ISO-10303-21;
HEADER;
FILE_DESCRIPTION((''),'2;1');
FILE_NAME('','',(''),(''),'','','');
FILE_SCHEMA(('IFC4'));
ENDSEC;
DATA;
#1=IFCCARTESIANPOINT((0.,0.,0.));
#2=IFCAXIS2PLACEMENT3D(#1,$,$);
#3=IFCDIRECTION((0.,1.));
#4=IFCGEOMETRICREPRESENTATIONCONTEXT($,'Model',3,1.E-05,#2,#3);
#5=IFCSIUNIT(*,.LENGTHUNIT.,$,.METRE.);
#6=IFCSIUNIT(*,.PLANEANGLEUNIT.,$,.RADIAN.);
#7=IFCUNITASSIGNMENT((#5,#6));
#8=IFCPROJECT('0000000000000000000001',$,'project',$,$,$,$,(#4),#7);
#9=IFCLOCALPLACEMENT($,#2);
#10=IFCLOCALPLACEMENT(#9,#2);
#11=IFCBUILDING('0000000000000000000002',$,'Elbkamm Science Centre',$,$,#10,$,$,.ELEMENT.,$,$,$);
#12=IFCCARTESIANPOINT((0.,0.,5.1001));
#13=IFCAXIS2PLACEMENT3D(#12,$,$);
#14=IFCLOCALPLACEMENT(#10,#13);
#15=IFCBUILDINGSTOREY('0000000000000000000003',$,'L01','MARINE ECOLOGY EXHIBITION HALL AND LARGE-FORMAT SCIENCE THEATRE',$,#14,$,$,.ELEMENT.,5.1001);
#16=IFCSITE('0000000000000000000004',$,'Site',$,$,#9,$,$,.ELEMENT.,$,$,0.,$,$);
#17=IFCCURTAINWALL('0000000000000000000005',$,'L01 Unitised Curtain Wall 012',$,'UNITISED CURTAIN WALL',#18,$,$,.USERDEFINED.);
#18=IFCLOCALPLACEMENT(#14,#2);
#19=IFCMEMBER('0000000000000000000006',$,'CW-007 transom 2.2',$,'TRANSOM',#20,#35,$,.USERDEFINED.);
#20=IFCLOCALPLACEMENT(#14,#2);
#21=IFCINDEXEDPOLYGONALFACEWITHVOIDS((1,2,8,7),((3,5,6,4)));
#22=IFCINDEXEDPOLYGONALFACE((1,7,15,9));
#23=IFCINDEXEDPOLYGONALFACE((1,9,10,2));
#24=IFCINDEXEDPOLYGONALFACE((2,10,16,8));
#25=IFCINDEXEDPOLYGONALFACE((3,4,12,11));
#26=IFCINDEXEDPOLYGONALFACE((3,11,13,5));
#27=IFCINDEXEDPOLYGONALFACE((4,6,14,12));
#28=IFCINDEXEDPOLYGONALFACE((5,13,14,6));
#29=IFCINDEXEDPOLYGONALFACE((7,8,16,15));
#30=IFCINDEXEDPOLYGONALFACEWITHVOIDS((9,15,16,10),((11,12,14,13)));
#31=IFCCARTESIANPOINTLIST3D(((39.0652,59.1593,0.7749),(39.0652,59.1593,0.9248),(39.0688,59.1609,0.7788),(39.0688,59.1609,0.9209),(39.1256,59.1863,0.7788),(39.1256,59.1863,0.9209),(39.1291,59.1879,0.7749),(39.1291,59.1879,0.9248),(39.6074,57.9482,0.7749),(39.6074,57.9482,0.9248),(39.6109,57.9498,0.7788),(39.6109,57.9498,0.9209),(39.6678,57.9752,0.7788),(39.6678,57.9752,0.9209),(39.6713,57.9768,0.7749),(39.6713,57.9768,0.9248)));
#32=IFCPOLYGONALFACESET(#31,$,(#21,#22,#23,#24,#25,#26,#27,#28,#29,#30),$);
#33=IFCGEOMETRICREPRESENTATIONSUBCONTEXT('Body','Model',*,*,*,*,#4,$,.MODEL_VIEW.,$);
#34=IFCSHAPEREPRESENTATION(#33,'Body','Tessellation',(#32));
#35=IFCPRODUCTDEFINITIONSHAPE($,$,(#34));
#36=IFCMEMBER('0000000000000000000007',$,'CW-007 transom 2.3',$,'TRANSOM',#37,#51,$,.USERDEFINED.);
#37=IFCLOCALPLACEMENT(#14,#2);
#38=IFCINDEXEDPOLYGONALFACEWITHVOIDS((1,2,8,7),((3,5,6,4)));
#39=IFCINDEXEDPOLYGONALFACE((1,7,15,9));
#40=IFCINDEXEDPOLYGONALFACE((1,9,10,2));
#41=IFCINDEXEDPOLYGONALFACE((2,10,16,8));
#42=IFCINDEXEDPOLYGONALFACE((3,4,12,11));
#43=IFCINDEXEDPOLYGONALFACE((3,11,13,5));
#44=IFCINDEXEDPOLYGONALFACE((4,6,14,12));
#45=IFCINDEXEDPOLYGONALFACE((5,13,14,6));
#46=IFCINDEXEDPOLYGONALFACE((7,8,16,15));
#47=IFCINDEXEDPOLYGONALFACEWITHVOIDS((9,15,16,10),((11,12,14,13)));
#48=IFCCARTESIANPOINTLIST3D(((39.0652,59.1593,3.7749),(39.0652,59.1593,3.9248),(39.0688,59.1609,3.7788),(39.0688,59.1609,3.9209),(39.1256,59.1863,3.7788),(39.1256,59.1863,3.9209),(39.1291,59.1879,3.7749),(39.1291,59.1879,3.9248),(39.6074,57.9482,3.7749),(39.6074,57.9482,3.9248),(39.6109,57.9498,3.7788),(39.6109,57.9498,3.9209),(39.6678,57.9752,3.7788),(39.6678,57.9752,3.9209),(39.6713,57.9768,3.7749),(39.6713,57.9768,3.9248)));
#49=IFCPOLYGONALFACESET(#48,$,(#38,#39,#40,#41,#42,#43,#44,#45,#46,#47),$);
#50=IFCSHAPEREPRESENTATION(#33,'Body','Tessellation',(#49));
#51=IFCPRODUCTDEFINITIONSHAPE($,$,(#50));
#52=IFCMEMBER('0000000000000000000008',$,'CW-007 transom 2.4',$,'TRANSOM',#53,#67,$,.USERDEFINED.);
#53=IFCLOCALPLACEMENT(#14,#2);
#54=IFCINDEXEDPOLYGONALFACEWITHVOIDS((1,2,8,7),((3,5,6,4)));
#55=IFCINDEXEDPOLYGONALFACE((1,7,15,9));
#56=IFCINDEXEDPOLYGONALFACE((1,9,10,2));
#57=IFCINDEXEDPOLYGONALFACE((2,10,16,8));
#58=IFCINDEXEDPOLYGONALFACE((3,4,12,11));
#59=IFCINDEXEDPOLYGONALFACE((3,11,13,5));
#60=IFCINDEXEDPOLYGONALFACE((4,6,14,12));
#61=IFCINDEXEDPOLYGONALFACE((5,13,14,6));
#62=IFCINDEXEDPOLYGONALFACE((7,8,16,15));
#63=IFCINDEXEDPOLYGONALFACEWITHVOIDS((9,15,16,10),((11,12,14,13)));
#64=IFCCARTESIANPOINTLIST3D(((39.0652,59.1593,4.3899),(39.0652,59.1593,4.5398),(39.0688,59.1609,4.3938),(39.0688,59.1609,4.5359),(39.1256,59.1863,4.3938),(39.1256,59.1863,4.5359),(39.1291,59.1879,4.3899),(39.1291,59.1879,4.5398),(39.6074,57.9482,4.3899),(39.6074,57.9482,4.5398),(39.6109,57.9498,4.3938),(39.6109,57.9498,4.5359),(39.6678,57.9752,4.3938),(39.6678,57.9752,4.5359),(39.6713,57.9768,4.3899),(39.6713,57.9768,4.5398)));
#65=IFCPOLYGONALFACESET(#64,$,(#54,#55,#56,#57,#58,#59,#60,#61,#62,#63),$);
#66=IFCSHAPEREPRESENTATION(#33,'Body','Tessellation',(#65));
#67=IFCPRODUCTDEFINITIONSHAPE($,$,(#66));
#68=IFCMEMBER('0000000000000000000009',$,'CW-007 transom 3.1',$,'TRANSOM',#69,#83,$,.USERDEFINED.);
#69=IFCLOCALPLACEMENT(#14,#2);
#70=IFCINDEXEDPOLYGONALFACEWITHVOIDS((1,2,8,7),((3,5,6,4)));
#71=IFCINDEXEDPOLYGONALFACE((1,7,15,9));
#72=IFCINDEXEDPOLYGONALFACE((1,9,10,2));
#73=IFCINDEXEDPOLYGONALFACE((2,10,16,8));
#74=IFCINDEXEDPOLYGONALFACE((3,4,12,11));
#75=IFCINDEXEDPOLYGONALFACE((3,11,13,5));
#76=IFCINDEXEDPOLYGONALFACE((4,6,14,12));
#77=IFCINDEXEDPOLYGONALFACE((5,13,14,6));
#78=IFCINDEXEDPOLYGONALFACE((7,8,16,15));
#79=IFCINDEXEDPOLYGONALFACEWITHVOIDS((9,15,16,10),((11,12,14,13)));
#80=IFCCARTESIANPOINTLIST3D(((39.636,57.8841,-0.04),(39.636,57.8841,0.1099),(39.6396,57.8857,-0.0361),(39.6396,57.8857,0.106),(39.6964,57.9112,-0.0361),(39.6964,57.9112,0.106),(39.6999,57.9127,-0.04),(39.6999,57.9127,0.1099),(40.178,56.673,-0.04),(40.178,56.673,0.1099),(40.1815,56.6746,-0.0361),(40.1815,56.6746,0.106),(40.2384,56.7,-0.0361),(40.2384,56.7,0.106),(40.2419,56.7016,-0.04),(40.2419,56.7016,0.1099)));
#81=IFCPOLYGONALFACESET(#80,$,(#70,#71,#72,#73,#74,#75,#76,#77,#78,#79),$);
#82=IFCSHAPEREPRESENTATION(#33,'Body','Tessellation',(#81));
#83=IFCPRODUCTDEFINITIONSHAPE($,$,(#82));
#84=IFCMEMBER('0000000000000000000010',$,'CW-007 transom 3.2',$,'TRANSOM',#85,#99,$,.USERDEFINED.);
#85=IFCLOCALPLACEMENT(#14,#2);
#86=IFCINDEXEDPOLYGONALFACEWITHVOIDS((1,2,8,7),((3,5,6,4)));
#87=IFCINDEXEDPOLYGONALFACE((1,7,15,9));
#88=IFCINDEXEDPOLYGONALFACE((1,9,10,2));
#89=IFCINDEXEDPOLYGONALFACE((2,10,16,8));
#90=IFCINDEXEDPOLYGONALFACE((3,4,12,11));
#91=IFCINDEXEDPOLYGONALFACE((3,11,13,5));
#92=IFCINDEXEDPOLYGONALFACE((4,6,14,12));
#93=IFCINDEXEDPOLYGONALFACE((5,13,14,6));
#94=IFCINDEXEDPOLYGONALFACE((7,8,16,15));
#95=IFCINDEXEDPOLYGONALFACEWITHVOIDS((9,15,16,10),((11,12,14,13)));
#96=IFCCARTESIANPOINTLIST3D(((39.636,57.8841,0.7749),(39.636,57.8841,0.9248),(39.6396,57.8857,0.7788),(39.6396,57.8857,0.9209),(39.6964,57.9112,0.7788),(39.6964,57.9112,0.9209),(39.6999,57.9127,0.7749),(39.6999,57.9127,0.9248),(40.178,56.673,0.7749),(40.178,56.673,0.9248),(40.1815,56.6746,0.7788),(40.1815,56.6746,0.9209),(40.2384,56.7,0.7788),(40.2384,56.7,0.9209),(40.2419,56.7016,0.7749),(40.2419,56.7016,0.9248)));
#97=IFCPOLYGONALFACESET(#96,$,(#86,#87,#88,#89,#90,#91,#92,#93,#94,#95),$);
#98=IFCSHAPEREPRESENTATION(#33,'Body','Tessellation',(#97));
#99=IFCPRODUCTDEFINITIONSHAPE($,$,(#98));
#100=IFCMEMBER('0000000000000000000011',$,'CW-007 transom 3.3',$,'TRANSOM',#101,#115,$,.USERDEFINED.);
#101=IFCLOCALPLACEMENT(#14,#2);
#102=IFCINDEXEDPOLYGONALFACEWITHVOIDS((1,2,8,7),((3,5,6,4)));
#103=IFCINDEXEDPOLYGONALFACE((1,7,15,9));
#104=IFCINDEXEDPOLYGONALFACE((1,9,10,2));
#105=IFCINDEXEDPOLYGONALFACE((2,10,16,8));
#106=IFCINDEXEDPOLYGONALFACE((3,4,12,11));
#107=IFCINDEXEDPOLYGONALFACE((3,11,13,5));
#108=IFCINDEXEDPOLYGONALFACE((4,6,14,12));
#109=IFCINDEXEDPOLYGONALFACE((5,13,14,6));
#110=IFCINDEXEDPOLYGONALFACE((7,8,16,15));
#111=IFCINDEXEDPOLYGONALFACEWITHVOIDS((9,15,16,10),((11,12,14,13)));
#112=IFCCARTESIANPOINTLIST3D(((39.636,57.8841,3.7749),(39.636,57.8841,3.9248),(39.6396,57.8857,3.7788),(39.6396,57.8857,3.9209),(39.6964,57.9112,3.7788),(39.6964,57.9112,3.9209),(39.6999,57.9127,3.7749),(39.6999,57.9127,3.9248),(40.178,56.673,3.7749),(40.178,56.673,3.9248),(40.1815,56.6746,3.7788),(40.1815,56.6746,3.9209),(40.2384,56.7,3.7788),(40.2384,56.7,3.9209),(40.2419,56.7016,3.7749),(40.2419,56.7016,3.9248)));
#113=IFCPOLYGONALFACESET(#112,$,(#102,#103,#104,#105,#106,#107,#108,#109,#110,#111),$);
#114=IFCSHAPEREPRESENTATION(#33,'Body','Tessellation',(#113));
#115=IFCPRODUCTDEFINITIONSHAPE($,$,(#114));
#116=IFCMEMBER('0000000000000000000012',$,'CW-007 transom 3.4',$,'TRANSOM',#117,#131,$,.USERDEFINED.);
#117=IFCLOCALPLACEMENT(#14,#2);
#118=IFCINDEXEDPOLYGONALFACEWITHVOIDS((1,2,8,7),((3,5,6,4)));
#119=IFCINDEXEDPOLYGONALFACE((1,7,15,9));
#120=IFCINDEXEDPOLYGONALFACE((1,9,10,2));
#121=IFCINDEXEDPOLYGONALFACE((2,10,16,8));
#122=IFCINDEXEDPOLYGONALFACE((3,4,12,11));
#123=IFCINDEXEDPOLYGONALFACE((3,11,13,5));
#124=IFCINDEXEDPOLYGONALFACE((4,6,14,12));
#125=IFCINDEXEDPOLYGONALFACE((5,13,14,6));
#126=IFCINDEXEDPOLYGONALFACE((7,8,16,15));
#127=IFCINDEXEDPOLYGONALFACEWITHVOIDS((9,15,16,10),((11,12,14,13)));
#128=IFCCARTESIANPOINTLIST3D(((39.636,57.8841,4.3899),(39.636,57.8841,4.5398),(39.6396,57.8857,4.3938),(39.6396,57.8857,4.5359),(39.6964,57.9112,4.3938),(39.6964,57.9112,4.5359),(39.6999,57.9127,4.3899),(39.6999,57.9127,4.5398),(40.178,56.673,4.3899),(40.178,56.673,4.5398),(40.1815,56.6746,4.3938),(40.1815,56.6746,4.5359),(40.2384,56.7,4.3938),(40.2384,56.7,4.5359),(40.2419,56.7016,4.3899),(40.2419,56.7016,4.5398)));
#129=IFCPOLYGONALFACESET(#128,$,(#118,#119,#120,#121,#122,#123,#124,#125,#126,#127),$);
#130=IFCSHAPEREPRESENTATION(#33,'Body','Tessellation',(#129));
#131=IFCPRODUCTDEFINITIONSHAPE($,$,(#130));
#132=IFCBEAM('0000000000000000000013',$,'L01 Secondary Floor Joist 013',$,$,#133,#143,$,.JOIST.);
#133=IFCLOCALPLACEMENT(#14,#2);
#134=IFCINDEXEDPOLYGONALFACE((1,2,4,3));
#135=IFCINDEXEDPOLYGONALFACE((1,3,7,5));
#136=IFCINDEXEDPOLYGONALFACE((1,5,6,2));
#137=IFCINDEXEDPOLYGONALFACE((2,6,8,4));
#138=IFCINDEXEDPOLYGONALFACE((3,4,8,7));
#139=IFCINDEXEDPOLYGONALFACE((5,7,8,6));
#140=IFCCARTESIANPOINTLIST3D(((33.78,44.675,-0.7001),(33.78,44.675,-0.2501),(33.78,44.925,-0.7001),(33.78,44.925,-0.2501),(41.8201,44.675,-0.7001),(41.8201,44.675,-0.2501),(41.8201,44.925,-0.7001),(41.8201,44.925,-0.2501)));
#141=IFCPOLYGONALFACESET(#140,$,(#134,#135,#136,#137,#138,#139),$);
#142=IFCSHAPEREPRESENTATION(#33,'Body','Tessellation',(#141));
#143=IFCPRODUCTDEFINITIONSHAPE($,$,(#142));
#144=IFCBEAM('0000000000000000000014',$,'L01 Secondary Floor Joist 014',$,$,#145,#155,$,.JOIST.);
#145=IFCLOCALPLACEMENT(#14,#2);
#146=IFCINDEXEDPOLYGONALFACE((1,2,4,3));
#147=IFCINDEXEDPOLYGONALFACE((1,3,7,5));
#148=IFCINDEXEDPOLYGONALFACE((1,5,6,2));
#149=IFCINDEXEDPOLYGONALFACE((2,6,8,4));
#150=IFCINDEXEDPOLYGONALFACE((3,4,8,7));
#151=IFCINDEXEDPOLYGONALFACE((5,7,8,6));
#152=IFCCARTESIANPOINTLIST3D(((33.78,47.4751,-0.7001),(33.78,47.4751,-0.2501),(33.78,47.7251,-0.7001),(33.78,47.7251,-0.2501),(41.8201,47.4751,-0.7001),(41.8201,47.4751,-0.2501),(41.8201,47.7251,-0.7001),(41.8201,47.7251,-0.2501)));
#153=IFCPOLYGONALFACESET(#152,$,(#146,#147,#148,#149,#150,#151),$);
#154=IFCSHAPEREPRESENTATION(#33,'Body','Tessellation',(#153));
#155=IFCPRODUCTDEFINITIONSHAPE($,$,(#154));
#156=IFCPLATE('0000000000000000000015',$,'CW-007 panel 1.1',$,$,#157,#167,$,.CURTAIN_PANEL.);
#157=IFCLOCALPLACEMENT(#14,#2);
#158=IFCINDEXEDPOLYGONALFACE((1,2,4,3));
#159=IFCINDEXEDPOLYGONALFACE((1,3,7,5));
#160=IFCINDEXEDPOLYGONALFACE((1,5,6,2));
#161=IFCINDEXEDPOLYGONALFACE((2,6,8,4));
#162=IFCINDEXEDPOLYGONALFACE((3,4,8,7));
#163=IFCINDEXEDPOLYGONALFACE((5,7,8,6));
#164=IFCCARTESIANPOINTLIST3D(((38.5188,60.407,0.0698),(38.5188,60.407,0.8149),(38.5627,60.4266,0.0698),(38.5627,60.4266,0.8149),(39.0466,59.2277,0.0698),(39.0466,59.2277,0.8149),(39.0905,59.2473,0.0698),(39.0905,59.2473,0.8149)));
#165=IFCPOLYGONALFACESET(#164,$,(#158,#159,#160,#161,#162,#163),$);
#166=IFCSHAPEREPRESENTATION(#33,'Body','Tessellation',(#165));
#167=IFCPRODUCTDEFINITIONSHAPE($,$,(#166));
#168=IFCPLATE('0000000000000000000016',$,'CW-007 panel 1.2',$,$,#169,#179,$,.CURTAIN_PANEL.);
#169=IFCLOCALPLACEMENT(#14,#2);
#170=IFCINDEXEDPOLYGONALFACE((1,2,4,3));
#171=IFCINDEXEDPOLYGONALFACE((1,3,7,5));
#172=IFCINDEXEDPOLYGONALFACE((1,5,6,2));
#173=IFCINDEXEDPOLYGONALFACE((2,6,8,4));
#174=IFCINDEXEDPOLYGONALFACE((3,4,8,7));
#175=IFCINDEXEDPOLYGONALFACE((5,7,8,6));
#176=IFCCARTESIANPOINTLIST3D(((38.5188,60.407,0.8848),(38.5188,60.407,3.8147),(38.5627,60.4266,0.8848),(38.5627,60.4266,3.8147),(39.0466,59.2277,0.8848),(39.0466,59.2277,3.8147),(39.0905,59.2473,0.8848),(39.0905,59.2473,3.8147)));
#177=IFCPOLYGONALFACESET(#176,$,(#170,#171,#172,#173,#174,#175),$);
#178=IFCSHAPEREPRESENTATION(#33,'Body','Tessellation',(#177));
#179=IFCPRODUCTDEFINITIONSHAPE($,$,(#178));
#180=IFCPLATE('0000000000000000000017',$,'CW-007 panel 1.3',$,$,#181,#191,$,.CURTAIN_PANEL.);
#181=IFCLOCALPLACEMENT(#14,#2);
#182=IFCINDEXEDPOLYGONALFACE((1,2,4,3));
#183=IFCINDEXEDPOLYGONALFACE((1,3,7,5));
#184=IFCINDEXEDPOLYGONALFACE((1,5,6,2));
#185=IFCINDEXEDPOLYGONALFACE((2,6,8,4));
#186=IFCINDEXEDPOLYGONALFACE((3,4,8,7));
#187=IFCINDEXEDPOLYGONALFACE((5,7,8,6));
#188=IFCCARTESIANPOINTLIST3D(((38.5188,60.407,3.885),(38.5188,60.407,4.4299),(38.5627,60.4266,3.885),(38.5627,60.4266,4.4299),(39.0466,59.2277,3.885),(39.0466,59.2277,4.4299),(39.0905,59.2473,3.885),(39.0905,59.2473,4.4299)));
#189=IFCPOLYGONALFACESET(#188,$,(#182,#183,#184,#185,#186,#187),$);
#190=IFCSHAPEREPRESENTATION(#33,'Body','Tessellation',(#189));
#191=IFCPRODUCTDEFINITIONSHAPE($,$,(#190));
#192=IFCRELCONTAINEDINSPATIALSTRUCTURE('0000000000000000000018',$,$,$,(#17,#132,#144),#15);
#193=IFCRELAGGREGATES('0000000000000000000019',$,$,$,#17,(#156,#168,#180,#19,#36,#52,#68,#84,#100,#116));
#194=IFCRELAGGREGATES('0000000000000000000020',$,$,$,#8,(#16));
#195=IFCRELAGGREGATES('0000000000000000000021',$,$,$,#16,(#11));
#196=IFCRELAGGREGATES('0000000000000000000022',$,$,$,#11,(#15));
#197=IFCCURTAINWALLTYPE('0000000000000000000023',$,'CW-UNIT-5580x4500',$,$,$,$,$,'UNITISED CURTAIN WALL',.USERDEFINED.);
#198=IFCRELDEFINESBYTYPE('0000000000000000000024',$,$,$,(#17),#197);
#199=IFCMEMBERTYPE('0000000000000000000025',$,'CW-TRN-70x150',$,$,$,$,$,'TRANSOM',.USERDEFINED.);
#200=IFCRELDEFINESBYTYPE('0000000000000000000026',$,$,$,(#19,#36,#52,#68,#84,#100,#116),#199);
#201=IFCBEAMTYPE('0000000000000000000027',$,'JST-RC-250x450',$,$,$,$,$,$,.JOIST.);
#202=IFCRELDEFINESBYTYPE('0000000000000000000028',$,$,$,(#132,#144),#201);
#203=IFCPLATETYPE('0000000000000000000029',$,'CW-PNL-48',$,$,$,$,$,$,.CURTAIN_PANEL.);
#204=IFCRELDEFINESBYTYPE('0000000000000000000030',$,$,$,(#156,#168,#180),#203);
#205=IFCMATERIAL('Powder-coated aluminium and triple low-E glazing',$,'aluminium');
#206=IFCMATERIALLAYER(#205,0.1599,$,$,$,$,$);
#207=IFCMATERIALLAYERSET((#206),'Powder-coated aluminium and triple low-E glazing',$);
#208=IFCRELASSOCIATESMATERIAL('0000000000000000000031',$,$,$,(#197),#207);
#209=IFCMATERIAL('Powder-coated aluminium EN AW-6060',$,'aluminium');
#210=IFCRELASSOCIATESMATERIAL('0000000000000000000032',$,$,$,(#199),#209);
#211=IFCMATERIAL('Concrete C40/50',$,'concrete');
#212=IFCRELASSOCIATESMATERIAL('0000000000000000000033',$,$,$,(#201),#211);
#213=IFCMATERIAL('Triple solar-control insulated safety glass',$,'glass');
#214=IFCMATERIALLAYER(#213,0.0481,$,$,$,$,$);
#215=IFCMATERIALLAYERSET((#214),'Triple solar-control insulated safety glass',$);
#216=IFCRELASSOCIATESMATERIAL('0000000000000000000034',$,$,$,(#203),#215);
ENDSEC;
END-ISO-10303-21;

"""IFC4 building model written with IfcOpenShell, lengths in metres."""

from ifc_helpers import new_model, si_unit, direction, frame, origin, origin_2d, place, context, subcontext, project, spatial, rectangle, hollow_rectangle, extrude, material, layer, layer_set, material_profile, profile_set, type_object, element, aggregate, save


model = new_model("IFC4")

# Units and contexts
model_context = context("Model", 3, precision=1e-05, world=origin(), true_north=direction((0.0, 1.0)))
body_context = subcontext(model_context, "Body", "Model", "MODEL_VIEW")
ifc_project = project(units=[si_unit("LENGTHUNIT", "METRE"), si_unit("PLANEANGLEUNIT", "RADIAN")], contexts=[model_context])

# Site, building, storey
site_placement = place(None, origin())
site = spatial("IfcSite", under=ifc_project, at=site_placement, Name="Site", CompositionType="ELEMENT", RefElevation=0.0)
building_placement = place(site_placement, origin())
building = spatial("IfcBuilding", under=site, at=building_placement, Name="Elbkamm Science Centre", CompositionType="ELEMENT")
storey_placement = place(building_placement, frame((0.0, 0.0, 5.1001)))
storey = spatial("IfcBuildingStorey", under=building, at=storey_placement, Name="L01", Description="MARINE ECOLOGY EXHIBITION HALL AND LARGE-FORMAT SCIENCE THEATRE", CompositionType="ELEMENT", Elevation=5.1001)

# Shared definitions
ifc_material_1 = material(Name="Concrete C40/50", Category="concrete")

# Curtain wall, members
ifc_material_2 = material(Name="Powder-coated aluminium and triple low-E glazing", Category="aluminium")
ifc_layer_1 = layer(ifc_material_2, 0.1599)
ifc_layer_set_1 = layer_set([ifc_layer_1], Name="Powder-coated aluminium and triple low-E glazing")
curtain_wall_type = type_object("IfcCurtainWallType", Name="CW-UNIT-5580x4500", ElementType="UNITISED CURTAIN WALL", PredefinedType="USERDEFINED", material=ifc_layer_set_1)
curtain_wall_placement = place(storey_placement, origin())
curtain_wall = element("IfcCurtainWall", 1, at=curtain_wall_placement, inside=storey, type_object=curtain_wall_type, Name="L01 Unitised Curtain Wall 012", ObjectType="UNITISED CURTAIN WALL", PredefinedType="USERDEFINED")
ifc_material_3 = material(Name="Powder-coated aluminium EN AW-6060", Category="aluminium")
ifc_material_profile_1 = material_profile(ifc_material_3, hollow_rectangle(XDim=0.0701, YDim=0.1499, WallThickness=0.0039, at=origin_2d()), Name="ALU T70x150")
ifc_profile_set_1 = profile_set([ifc_material_profile_1], Name="Powder-coated aluminium EN AW-6060")
member_type_1 = type_object("IfcMemberType", Name="CW-TRN-70x150", ElementType="TRANSOM", PredefinedType="USERDEFINED", material=ifc_profile_set_1)
member_1_placement = place(storey_placement, frame((39.0972, 59.1736, 0.8499), z_axis=(0.408612, -0.912708, 0.0), x_axis=(0.912708, 0.408612, 0.0)))
member_1 = element("IfcMember", 2, at=member_1_placement, type_object=member_type_1, Name="CW-007 transom 2.2", ObjectType="TRANSOM", PredefinedType="USERDEFINED", context=body_context, shape_type="SweptSolid", body=[
    extrude(hollow_rectangle(XDim=0.0701, YDim=0.1499, WallThickness=0.0039, at=origin_2d()), origin(), (0.0, 0.0, 1.0), 1.3269),
])
member_2_placement = place(storey_placement, frame((39.0972, 59.1736, 3.8499), z_axis=(0.408612, -0.912708, 0.0), x_axis=(0.912708, 0.408612, 0.0)))
member_2 = element("IfcMember", 3, at=member_2_placement, type_object=member_type_1, Name="CW-007 transom 2.3", ObjectType="TRANSOM", PredefinedType="USERDEFINED", context=body_context, shape_type="SweptSolid", body=[
    extrude(hollow_rectangle(XDim=0.0701, YDim=0.1499, WallThickness=0.0039, at=origin_2d()), origin(), (0.0, 0.0, 1.0), 1.3269),
])
member_3_placement = place(storey_placement, frame((39.0972, 59.1736, 4.4648), z_axis=(0.408612, -0.912708, 0.0), x_axis=(0.912708, 0.408612, 0.0)))
member_3 = element("IfcMember", 4, at=member_3_placement, type_object=member_type_1, Name="CW-007 transom 2.4", ObjectType="TRANSOM", PredefinedType="USERDEFINED", context=body_context, shape_type="SweptSolid", body=[
    extrude(hollow_rectangle(XDim=0.0701, YDim=0.1499, WallThickness=0.0039, at=origin_2d()), origin(), (0.0, 0.0, 1.0), 1.3269),
])
member_4_placement = place(storey_placement, frame((39.668, 57.8984, 0.0349), z_axis=(0.408459, -0.912777, 0.0), x_axis=(0.912777, 0.408459, 0.0)))
member_4 = element("IfcMember", 5, at=member_4_placement, type_object=member_type_1, Name="CW-007 transom 3.1", ObjectType="TRANSOM", PredefinedType="USERDEFINED", context=body_context, shape_type="SweptSolid", body=[
    extrude(hollow_rectangle(XDim=0.0701, YDim=0.1499, WallThickness=0.0039, at=origin_2d()), origin(), (0.0, 0.0, 1.0), 1.3269),
])
member_5_placement = place(storey_placement, frame((39.668, 57.8984, 0.8499), z_axis=(0.408459, -0.912777, 0.0), x_axis=(0.912777, 0.408459, 0.0)))
member_5 = element("IfcMember", 6, at=member_5_placement, type_object=member_type_1, Name="CW-007 transom 3.2", ObjectType="TRANSOM", PredefinedType="USERDEFINED", context=body_context, shape_type="SweptSolid", body=[
    extrude(hollow_rectangle(XDim=0.0701, YDim=0.1499, WallThickness=0.0039, at=origin_2d()), origin(), (0.0, 0.0, 1.0), 1.3269),
])
member_6_placement = place(storey_placement, frame((39.668, 57.8984, 3.8499), z_axis=(0.408459, -0.912777, 0.0), x_axis=(0.912777, 0.408459, 0.0)))
member_6 = element("IfcMember", 7, at=member_6_placement, type_object=member_type_1, Name="CW-007 transom 3.3", ObjectType="TRANSOM", PredefinedType="USERDEFINED", context=body_context, shape_type="SweptSolid", body=[
    extrude(hollow_rectangle(XDim=0.0701, YDim=0.1499, WallThickness=0.0039, at=origin_2d()), origin(), (0.0, 0.0, 1.0), 1.3269),
])
member_7_placement = place(storey_placement, frame((39.668, 57.8984, 4.4648), z_axis=(0.408459, -0.912777, 0.0), x_axis=(0.912777, 0.408459, 0.0)))
member_7 = element("IfcMember", 8, at=member_7_placement, type_object=member_type_1, Name="CW-007 transom 3.4", ObjectType="TRANSOM", PredefinedType="USERDEFINED", context=body_context, shape_type="SweptSolid", body=[
    extrude(hollow_rectangle(XDim=0.0701, YDim=0.1499, WallThickness=0.0039, at=origin_2d()), origin(), (0.0, 0.0, 1.0), 1.3269),
])

# Beams
ifc_material_profile_2 = material_profile(ifc_material_1, rectangle(XDim=0.25, YDim=0.45, at=origin_2d()), Name="RC 250x450")
ifc_profile_set_2 = profile_set([ifc_material_profile_2], Name="Concrete C40/50")
beam_type_1 = type_object("IfcBeamType", Name="JST-RC-250x450", PredefinedType="JOIST", material=ifc_profile_set_2)
for number, where, z_axis, x_axis, name in (
    (9, (33.78, 44.8, -0.4751), (1.0, 0.0, 0.0), (0.0, 1.0, 0.0), "L01 Secondary Floor Joist 013"),
    (10, (33.78, 47.6001, -0.4751), (1.0, 0.0, 0.0), (0.0, 1.0, 0.0), "L01 Secondary Floor Joist 014"),
):
    element("IfcBeam", number, at=place(storey_placement, frame(where, z_axis=z_axis, x_axis=x_axis)), inside=storey, type_object=beam_type_1, Name=name, PredefinedType="JOIST", context=body_context, shape_type="SweptSolid", body=[
        extrude(rectangle(XDim=0.25, YDim=0.45, at=origin_2d()), origin(), (0.0, 0.0, 1.0), 8.04),
    ])

# Plates
ifc_material_4 = material(Name="Triple solar-control insulated safety glass", Category="glass")
ifc_layer_2 = layer(ifc_material_4, 0.0481)
ifc_layer_set_2 = layer_set([ifc_layer_2], Name="Triple solar-control insulated safety glass")
plate_type = type_object("IfcPlateType", Name="CW-PNL-48", PredefinedType="CURTAIN_PANEL", material=ifc_layer_set_2)
plate_1_placement = place(storey_placement, frame((38.8047, 59.8271, 0.0698), z_axis=(0.0, 0.0, 1.0), x_axis=(0.40851, -0.912754, 0.0)))
plate_1 = element("IfcPlate", 11, at=plate_1_placement, type_object=plate_type, Name="CW-007 panel 1.1", PredefinedType="CURTAIN_PANEL", context=body_context, shape_type="SweptSolid", body=[
    extrude(rectangle(XDim=1.292, YDim=0.0481, at=origin_2d()), origin(), (0.0, 0.0, 1.0), 0.7451),
])
plate_2_placement = place(storey_placement, frame((38.8047, 59.8271, 0.8848), z_axis=(0.0, 0.0, 1.0), x_axis=(0.40851, -0.912754, 0.0)))
plate_2 = element("IfcPlate", 12, at=plate_2_placement, type_object=plate_type, Name="CW-007 panel 1.2", PredefinedType="CURTAIN_PANEL", context=body_context, shape_type="SweptSolid", body=[
    extrude(rectangle(XDim=1.292, YDim=0.0481, at=origin_2d()), origin(), (0.0, 0.0, 1.0), 2.9299),
])
plate_3_placement = place(storey_placement, frame((38.8047, 59.8271, 3.885), z_axis=(0.0, 0.0, 1.0), x_axis=(0.40851, -0.912754, 0.0)))
plate_3 = element("IfcPlate", 13, at=plate_3_placement, type_object=plate_type, Name="CW-007 panel 1.3", PredefinedType="CURTAIN_PANEL", context=body_context, shape_type="SweptSolid", body=[
    extrude(rectangle(XDim=1.292, YDim=0.0481, at=origin_2d()), origin(), (0.0, 0.0, 1.0), 0.5449),
])
aggregate(curtain_wall, [plate_1, plate_2, plate_3, member_1, member_2, member_3, member_4, member_5, member_6, member_7])

save(model, "model.ifc")
